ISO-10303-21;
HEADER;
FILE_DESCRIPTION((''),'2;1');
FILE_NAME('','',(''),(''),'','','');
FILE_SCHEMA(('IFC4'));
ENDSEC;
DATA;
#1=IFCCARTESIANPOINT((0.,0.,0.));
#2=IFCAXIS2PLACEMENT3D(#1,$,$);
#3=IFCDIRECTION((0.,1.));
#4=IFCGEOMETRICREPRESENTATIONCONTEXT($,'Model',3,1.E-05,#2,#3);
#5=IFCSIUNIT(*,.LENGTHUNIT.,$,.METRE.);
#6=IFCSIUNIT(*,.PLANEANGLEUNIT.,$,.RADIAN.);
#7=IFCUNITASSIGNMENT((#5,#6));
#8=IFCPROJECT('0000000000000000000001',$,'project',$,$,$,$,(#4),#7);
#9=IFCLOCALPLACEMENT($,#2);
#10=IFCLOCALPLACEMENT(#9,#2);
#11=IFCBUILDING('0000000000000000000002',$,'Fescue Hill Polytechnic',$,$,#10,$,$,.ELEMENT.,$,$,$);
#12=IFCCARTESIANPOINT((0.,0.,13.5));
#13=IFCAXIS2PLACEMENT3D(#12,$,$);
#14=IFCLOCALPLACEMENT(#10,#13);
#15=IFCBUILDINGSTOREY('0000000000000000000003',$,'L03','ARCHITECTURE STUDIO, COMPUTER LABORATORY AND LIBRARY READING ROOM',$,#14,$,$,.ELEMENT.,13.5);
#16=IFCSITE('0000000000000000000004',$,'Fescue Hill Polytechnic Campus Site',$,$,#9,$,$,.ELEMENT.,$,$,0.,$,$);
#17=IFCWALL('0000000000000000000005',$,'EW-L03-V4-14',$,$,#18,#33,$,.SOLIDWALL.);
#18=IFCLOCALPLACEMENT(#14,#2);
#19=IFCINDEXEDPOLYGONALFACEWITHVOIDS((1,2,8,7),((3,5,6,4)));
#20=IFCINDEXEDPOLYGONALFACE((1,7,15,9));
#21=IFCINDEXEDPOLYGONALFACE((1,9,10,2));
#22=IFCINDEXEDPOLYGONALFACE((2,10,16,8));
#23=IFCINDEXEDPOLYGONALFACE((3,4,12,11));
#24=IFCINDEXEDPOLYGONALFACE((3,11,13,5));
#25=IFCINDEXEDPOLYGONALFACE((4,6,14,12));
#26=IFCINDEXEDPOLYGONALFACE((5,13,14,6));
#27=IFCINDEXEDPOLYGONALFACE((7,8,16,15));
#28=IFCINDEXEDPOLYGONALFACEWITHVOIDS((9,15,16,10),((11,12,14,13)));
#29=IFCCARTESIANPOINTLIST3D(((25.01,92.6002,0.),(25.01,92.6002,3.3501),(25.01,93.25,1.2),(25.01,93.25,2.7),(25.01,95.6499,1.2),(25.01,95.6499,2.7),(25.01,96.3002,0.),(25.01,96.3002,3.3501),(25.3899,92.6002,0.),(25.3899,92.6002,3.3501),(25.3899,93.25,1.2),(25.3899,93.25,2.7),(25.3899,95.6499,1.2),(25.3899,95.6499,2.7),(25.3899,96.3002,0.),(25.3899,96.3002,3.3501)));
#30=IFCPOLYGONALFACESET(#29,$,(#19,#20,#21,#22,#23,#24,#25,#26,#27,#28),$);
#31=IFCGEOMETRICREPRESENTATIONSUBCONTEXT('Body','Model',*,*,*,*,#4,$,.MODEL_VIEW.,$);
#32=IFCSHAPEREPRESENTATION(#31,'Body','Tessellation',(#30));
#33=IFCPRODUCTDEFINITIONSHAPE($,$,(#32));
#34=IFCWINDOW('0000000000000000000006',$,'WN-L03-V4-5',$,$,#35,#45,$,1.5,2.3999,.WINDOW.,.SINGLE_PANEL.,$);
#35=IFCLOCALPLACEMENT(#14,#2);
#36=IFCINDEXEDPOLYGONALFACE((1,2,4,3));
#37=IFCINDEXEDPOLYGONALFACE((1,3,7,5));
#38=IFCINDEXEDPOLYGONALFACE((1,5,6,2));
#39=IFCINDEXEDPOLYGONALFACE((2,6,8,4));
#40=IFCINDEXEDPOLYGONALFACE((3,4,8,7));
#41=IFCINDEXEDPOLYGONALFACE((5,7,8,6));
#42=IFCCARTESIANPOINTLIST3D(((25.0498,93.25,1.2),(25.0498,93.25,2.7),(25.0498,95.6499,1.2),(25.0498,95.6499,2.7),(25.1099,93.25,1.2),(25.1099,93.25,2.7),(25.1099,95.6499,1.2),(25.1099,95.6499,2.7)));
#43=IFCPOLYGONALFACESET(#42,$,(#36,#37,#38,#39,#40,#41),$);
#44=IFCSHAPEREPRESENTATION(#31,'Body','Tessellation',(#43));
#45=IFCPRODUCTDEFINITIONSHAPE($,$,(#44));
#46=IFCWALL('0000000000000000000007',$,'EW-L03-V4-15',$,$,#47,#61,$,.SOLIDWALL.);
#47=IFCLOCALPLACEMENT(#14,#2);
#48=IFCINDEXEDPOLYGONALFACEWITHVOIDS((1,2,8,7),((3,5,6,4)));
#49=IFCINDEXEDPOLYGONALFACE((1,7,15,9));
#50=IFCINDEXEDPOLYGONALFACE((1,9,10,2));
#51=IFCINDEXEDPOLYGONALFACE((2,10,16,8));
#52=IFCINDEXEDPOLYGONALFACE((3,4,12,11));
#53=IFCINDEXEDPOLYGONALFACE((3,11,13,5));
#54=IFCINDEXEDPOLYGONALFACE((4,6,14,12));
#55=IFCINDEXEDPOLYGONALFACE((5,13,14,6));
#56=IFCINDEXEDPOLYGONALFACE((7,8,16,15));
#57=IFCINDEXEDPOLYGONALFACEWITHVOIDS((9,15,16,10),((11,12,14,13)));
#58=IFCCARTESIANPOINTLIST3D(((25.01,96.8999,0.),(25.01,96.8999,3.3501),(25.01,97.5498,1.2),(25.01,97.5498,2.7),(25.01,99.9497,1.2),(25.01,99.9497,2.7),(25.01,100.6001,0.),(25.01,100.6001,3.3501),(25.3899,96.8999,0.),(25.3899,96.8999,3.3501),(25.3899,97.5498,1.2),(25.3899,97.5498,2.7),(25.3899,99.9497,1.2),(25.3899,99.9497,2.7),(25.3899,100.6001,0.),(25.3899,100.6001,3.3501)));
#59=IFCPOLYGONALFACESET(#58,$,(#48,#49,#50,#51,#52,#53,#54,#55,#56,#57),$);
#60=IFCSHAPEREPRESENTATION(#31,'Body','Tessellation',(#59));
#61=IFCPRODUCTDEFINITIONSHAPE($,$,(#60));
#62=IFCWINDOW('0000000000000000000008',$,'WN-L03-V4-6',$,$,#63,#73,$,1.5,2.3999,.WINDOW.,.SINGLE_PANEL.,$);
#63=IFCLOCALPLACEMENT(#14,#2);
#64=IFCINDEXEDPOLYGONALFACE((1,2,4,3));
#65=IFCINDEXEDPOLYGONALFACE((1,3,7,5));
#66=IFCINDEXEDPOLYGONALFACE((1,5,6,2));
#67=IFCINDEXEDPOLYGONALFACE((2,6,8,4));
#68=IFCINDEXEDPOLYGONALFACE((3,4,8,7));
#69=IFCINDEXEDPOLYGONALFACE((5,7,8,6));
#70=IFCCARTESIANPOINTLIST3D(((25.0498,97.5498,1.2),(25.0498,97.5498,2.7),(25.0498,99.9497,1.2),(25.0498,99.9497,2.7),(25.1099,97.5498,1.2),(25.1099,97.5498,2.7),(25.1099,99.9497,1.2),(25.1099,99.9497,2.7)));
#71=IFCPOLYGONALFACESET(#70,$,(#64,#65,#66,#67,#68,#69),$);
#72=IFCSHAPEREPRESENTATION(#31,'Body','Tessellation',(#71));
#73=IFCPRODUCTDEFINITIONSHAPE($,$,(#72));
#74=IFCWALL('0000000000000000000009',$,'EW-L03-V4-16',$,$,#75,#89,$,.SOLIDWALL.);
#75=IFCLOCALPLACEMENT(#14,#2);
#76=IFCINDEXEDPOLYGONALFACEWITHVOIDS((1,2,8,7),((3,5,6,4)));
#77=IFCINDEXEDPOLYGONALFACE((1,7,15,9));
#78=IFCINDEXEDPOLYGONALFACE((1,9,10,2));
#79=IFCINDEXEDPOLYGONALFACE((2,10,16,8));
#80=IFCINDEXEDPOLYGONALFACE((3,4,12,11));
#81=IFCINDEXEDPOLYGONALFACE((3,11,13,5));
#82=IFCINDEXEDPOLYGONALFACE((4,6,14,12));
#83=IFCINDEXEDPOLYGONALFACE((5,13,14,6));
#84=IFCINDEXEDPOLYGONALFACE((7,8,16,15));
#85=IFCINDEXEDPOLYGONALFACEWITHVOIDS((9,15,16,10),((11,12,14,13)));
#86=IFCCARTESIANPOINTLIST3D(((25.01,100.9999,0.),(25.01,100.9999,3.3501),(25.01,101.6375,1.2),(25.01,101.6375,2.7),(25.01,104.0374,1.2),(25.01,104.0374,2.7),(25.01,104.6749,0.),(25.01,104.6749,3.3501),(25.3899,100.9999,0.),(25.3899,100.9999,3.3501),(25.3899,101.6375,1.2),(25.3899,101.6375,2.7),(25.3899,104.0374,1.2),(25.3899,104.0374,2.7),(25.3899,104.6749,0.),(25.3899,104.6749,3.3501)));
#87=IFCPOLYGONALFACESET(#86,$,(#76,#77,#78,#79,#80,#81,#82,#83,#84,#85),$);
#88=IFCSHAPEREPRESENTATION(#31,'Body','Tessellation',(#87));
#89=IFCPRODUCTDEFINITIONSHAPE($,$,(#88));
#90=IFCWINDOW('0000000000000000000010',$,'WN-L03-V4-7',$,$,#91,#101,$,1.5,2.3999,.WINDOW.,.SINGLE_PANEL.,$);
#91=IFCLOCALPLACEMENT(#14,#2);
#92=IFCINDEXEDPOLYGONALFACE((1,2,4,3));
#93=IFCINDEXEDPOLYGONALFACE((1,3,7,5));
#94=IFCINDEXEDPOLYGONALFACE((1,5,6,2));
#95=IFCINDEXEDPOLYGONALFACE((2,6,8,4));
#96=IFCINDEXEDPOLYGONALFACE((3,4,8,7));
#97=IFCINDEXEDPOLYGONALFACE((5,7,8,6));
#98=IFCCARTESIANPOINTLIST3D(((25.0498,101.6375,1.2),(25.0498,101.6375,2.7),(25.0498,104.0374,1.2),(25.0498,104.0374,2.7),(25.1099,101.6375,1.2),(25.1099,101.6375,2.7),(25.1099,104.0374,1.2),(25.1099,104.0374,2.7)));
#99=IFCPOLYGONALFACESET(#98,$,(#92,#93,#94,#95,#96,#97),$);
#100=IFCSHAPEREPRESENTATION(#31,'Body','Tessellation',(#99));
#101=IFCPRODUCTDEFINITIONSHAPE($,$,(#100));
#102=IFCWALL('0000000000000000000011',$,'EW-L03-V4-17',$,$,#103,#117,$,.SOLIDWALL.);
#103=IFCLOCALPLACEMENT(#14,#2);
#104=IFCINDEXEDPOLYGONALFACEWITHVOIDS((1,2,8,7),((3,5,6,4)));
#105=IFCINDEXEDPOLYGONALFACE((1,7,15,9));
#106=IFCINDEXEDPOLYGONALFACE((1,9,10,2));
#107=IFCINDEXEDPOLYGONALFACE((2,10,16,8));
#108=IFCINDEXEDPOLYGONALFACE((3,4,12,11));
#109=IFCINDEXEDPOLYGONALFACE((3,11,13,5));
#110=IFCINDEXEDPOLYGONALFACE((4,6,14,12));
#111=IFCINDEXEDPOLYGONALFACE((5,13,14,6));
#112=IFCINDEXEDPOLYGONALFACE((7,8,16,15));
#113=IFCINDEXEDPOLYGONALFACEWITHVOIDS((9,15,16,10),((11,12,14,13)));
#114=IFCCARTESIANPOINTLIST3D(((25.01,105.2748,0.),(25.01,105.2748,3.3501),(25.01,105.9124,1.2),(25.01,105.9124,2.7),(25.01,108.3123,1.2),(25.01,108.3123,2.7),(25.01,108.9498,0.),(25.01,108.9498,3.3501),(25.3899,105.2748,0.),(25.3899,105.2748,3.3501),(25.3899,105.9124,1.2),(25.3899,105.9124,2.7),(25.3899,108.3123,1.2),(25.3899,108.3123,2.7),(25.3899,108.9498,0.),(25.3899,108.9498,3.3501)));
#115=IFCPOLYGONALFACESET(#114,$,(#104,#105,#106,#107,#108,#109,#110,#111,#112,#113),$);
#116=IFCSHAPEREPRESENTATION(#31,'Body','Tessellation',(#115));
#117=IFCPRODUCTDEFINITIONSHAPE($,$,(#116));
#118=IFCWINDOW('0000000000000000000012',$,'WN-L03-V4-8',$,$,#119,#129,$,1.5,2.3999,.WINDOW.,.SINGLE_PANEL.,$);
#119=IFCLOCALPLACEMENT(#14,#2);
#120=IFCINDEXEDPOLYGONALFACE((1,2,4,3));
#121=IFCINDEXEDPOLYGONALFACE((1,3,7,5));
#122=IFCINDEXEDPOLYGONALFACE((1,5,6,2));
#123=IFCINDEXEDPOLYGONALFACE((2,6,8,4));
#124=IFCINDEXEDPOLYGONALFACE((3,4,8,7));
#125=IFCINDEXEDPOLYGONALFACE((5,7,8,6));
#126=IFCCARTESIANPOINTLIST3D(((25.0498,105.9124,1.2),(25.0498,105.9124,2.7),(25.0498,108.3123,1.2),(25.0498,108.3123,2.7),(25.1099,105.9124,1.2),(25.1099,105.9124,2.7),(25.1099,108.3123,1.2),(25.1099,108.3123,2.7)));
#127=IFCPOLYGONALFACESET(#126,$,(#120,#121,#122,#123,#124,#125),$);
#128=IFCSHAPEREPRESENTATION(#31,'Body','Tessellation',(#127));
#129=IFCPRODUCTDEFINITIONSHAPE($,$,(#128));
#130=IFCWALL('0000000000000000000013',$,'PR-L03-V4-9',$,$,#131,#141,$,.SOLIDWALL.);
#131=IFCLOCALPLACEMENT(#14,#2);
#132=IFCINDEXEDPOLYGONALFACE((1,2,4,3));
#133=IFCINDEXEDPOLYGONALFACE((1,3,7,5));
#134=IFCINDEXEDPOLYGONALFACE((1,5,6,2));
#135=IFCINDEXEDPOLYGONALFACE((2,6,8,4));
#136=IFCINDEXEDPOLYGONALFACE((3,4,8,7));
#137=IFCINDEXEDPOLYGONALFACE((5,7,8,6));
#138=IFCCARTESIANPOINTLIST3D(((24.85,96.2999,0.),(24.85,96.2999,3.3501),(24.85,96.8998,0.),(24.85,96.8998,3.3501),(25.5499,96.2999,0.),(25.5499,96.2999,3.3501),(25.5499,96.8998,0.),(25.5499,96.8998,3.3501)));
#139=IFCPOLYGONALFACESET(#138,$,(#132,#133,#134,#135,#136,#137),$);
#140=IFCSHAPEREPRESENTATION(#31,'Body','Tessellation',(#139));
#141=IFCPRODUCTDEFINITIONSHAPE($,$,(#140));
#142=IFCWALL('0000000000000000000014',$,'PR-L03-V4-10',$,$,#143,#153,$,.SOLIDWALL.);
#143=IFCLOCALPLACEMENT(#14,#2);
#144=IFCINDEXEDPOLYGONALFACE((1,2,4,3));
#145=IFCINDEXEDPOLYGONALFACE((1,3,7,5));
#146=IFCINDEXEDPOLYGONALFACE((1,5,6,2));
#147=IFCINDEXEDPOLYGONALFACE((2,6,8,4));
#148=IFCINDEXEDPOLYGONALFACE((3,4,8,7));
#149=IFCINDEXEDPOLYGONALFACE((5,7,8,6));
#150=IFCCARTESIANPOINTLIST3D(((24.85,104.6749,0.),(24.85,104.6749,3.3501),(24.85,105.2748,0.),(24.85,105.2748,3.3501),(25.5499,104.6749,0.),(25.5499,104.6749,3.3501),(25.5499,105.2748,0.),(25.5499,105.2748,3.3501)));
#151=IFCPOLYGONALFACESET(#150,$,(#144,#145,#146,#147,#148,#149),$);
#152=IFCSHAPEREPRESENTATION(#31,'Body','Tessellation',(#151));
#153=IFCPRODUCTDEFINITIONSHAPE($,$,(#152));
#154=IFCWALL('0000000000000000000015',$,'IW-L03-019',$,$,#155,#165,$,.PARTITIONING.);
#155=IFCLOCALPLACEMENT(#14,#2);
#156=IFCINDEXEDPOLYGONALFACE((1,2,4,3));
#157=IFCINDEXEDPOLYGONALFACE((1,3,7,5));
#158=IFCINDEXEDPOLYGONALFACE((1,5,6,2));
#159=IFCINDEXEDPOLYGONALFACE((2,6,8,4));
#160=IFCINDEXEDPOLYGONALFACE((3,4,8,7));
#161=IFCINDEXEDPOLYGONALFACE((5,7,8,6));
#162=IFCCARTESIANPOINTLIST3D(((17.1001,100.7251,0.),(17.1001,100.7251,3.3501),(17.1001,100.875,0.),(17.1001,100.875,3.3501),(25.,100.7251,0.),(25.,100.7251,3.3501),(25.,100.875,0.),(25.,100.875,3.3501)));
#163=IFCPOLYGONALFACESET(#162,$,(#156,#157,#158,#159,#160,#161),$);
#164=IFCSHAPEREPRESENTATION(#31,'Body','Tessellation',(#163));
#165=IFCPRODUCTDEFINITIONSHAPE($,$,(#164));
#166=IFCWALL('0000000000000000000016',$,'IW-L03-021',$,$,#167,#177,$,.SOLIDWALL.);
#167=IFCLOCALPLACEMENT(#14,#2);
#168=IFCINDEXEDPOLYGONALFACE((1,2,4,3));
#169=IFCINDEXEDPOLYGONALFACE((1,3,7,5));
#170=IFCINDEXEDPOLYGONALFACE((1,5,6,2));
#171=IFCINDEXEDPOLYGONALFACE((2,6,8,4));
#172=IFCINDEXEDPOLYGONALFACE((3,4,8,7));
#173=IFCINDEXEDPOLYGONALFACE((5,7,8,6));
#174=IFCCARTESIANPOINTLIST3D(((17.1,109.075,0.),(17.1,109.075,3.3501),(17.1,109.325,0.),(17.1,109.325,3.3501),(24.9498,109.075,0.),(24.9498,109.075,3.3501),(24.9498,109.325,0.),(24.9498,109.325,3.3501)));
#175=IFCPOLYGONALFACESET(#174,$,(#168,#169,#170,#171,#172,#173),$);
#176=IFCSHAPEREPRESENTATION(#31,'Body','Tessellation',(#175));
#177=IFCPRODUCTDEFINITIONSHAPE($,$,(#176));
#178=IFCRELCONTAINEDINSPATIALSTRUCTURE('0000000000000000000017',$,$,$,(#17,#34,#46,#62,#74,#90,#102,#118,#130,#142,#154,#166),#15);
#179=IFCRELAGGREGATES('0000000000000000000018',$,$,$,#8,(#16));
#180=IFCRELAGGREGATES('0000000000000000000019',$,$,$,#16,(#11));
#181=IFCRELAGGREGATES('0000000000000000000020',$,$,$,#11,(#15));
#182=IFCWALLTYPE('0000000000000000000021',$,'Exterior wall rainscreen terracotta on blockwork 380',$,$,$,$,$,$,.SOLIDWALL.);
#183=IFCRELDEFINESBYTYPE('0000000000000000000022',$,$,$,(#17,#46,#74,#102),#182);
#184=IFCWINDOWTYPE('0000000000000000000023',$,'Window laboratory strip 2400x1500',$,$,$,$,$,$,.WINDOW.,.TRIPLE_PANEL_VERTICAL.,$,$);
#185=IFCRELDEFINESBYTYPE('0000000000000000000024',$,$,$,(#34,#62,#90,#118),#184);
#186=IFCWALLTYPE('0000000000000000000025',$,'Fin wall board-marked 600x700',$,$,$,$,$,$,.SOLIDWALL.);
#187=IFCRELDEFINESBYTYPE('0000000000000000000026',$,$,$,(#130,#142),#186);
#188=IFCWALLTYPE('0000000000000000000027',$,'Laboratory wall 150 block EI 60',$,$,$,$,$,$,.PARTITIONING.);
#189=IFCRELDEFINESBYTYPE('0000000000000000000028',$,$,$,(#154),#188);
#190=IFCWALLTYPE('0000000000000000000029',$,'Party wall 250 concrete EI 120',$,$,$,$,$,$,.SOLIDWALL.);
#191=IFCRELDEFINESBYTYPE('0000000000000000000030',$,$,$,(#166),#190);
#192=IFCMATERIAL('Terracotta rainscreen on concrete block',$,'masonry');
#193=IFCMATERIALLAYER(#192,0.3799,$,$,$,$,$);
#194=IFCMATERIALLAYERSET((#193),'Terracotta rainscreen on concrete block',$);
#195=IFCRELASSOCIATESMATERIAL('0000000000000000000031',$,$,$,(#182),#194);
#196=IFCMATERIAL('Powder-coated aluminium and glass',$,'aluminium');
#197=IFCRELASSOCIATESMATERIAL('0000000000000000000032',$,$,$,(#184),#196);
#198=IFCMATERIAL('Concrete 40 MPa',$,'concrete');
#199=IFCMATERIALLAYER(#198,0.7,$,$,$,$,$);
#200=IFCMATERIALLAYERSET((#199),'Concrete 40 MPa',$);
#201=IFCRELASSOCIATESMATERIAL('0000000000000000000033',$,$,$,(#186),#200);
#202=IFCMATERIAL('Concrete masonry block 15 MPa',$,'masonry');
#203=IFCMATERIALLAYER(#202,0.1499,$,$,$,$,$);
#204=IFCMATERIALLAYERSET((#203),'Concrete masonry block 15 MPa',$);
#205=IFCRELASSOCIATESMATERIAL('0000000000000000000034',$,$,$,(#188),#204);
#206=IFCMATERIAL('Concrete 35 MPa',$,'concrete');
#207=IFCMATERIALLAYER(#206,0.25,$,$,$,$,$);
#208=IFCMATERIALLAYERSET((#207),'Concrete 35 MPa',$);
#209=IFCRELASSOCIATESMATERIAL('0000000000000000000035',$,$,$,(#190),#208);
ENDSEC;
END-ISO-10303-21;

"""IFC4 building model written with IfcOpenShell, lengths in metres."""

from ifc_helpers import new_model, si_unit, direction, frame, frame_2d, origin, place, context, subcontext, project, spatial, rectangle, extrude, material, layer, layer_set, type_object, element, fill, save


model = new_model("IFC4")

# Units and contexts
model_context = context("Model", 3, precision=1e-05, world=origin(), true_north=direction((0.0, 1.0)))
body_context = subcontext(model_context, "Body", "Model", "MODEL_VIEW")
ifc_project = project(units=[si_unit("LENGTHUNIT", "METRE"), si_unit("PLANEANGLEUNIT", "RADIAN")], contexts=[model_context])

# Site, building, storey
site_placement = place(None, origin())
site = spatial("IfcSite", under=ifc_project, at=site_placement, Name="Fescue Hill Polytechnic Campus Site", CompositionType="ELEMENT", RefElevation=0.0)
building_placement = place(site_placement, origin())
building = spatial("IfcBuilding", under=site, at=building_placement, Name="Fescue Hill Polytechnic", CompositionType="ELEMENT")
storey_placement = place(building_placement, frame((0.0, 0.0, 13.5)))
storey = spatial("IfcBuildingStorey", under=building, at=storey_placement, Name="L03", Description="ARCHITECTURE STUDIO, COMPUTER LABORATORY AND LIBRARY READING ROOM", CompositionType="ELEMENT", Elevation=13.5)

# Shared definitions
ifc_material_1 = material(Name="Concrete 40 MPa", Category="concrete")

# Shared definitions
ifc_material_2 = material(Name="Concrete 35 MPa", Category="concrete")

# Shared definitions
ifc_material_3 = material(Name="Powder-coated aluminium and glass", Category="aluminium")

# Walls, openings, windows
ifc_material_4 = material(Name="Terracotta rainscreen on concrete block", Category="masonry")
ifc_layer_1 = layer(ifc_material_4, 0.3799)
ifc_layer_set_1 = layer_set([ifc_layer_1], Name="Terracotta rainscreen on concrete block")
wall_type_1 = type_object("IfcWallType", Name="Exterior wall rainscreen terracotta on blockwork 380", PredefinedType="SOLIDWALL", material=ifc_layer_set_1)
wall_1_placement = place(storey_placement, frame((25.2, 92.6001, 0.0), z_axis=(0.0, 0.0, 1.0), x_axis=(0.0, 1.0, 0.0)))
wall_1 = element("IfcWall", 1, at=wall_1_placement, inside=storey, type_object=wall_type_1, Name="EW-L03-V4-14", PredefinedType="SOLIDWALL", context=body_context, shape_type="SweptSolid", body=[
    extrude(rectangle(XDim=3.7, YDim=0.3799, at=frame_2d((1.8501, 0.0))), origin(), (0.0, 0.0, 1.0), 3.3501),
])
opening_1_placement = place(wall_1_placement, frame((0.6499, 0.0, 1.2)))
opening_1 = element("IfcOpeningElement", 2, at=opening_1_placement, cuts=wall_1, PredefinedType="OPENING", context=body_context, shape_type="SweptSolid", body=[
    extrude(rectangle(XDim=2.3999, YDim=1.5, at=frame_2d((1.2, 0.75))), frame((0.0, 0.2, 0.0), z_axis=(0.0, -1.0, 0.0), x_axis=(1.0, 0.0, 0.0)), (0.0, 0.0, 1.0), 0.3999),
])
window_type_1 = type_object("IfcWindowType", Name="Window laboratory strip 2400x1500", PartitioningType="TRIPLE_PANEL_VERTICAL", PredefinedType="WINDOW", material=ifc_material_3)
window_1_placement = place(opening_1_placement, origin())
window_1 = element("IfcWindow", 3, at=window_1_placement, inside=storey, type_object=window_type_1, Name="WN-L03-V4-5", OverallHeight=1.5, OverallWidth=2.3999, PartitioningType="SINGLE_PANEL", PredefinedType="WINDOW", context=body_context, shape_type="SweptSolid", body=[
    extrude(rectangle(XDim=2.3999, YDim=1.5, at=frame_2d((1.2, 0.75))), frame((0.0, 0.1501, 0.0), z_axis=(0.0, -1.0, 0.0), x_axis=(1.0, 0.0, 0.0)), (0.0, 0.0, 1.0), 0.0601),
])
fill(opening_1, window_1)
wall_2_placement = place(storey_placement, frame((25.2, 96.8999, 0.0), z_axis=(0.0, 0.0, 1.0), x_axis=(0.0, 1.0, 0.0)))
wall_2 = element("IfcWall", 4, at=wall_2_placement, inside=storey, type_object=wall_type_1, Name="EW-L03-V4-15", PredefinedType="SOLIDWALL", context=body_context, shape_type="SweptSolid", body=[
    extrude(rectangle(XDim=3.7002, YDim=0.3799, at=frame_2d((1.8501, 0.0))), origin(), (0.0, 0.0, 1.0), 3.3501),
])
opening_2_placement = place(wall_2_placement, frame((0.6499, 0.0, 1.2)))
opening_2 = element("IfcOpeningElement", 5, at=opening_2_placement, cuts=wall_2, PredefinedType="OPENING", context=body_context, shape_type="SweptSolid", body=[
    extrude(rectangle(XDim=2.3999, YDim=1.5, at=frame_2d((1.2, 0.75))), frame((0.0, 0.2, 0.0), z_axis=(0.0, -1.0, 0.0), x_axis=(1.0, 0.0, 0.0)), (0.0, 0.0, 1.0), 0.3999),
])
window_2_placement = place(opening_2_placement, origin())
window_2 = element("IfcWindow", 6, at=window_2_placement, inside=storey, type_object=window_type_1, Name="WN-L03-V4-6", OverallHeight=1.5, OverallWidth=2.3999, PartitioningType="SINGLE_PANEL", PredefinedType="WINDOW", context=body_context, shape_type="SweptSolid", body=[
    extrude(rectangle(XDim=2.3999, YDim=1.5, at=frame_2d((1.2, 0.75))), frame((0.0, 0.1501, 0.0), z_axis=(0.0, -1.0, 0.0), x_axis=(1.0, 0.0, 0.0)), (0.0, 0.0, 1.0), 0.0601),
])
fill(opening_2, window_2)
wall_3_placement = place(storey_placement, frame((25.2, 101.0, 0.0), z_axis=(0.0, 0.0, 1.0), x_axis=(0.0, 1.0, 0.0)))
wall_3 = element("IfcWall", 7, at=wall_3_placement, inside=storey, type_object=wall_type_1, Name="EW-L03-V4-16", PredefinedType="SOLIDWALL", context=body_context, shape_type="SweptSolid", body=[
    extrude(rectangle(XDim=3.675, YDim=0.3799, at=frame_2d((1.8374, 0.0))), origin(), (0.0, 0.0, 1.0), 3.3501),
])
opening_3_placement = place(wall_3_placement, frame((0.6375, 0.0, 1.2)))
opening_3 = element("IfcOpeningElement", 8, at=opening_3_placement, cuts=wall_3, PredefinedType="OPENING", context=body_context, shape_type="SweptSolid", body=[
    extrude(rectangle(XDim=2.3999, YDim=1.5, at=frame_2d((1.2, 0.75))), frame((0.0, 0.2, 0.0), z_axis=(0.0, -1.0, 0.0), x_axis=(1.0, 0.0, 0.0)), (0.0, 0.0, 1.0), 0.3999),
])
window_3_placement = place(opening_3_placement, origin())
window_3 = element("IfcWindow", 9, at=window_3_placement, inside=storey, type_object=window_type_1, Name="WN-L03-V4-7", OverallHeight=1.5, OverallWidth=2.3999, PartitioningType="SINGLE_PANEL", PredefinedType="WINDOW", context=body_context, shape_type="SweptSolid", body=[
    extrude(rectangle(XDim=2.3999, YDim=1.5, at=frame_2d((1.2, 0.75))), frame((0.0, 0.1501, 0.0), z_axis=(0.0, -1.0, 0.0), x_axis=(1.0, 0.0, 0.0)), (0.0, 0.0, 1.0), 0.0601),
])
fill(opening_3, window_3)
wall_4_placement = place(storey_placement, frame((25.2, 105.2749, 0.0), z_axis=(0.0, 0.0, 1.0), x_axis=(0.0, 1.0, 0.0)))
wall_4 = element("IfcWall", 10, at=wall_4_placement, inside=storey, type_object=wall_type_1, Name="EW-L03-V4-17", PredefinedType="SOLIDWALL", context=body_context, shape_type="SweptSolid", body=[
    extrude(rectangle(XDim=3.675, YDim=0.3799, at=frame_2d((1.8374, 0.0))), origin(), (0.0, 0.0, 1.0), 3.3501),
])
opening_4_placement = place(wall_4_placement, frame((0.6375, 0.0, 1.2)))
opening_4 = element("IfcOpeningElement", 11, at=opening_4_placement, cuts=wall_4, PredefinedType="OPENING", context=body_context, shape_type="SweptSolid", body=[
    extrude(rectangle(XDim=2.3999, YDim=1.5, at=frame_2d((1.2, 0.75))), frame((0.0, 0.2, 0.0), z_axis=(0.0, -1.0, 0.0), x_axis=(1.0, 0.0, 0.0)), (0.0, 0.0, 1.0), 0.3999),
])
window_4_placement = place(opening_4_placement, origin())
window_4 = element("IfcWindow", 12, at=window_4_placement, inside=storey, type_object=window_type_1, Name="WN-L03-V4-8", OverallHeight=1.5, OverallWidth=2.3999, PartitioningType="SINGLE_PANEL", PredefinedType="WINDOW", context=body_context, shape_type="SweptSolid", body=[
    extrude(rectangle(XDim=2.3999, YDim=1.5, at=frame_2d((1.2, 0.75))), frame((0.0, 0.1501, 0.0), z_axis=(0.0, -1.0, 0.0), x_axis=(1.0, 0.0, 0.0)), (0.0, 0.0, 1.0), 0.0601),
])
fill(opening_4, window_4)

# Walls
ifc_layer_2 = layer(ifc_material_1, 0.7)
ifc_layer_set_2 = layer_set([ifc_layer_2], Name="Concrete 40 MPa")
wall_type_2 = type_object("IfcWallType", Name="Fin wall board-marked 600x700", PredefinedType="SOLIDWALL", material=ifc_layer_set_2)
for number, where, z_axis, x_axis, name in (
    (13, (25.2, 96.3, 0.0), (0.0, 0.0, 1.0), (0.0, 1.0, 0.0), "PR-L03-V4-9"),
    (14, (25.2, 104.675, 0.0), (0.0, 0.0, 1.0), (0.0, 1.0, 0.0), "PR-L03-V4-10"),
):
    element("IfcWall", number, at=place(storey_placement, frame(where, z_axis=z_axis, x_axis=x_axis)), inside=storey, type_object=wall_type_2, Name=name, PredefinedType="SOLIDWALL", context=body_context, shape_type="SweptSolid", body=[
        extrude(rectangle(XDim=0.5999, YDim=0.7, at=frame_2d((0.2998, 0.0))), origin(), (0.0, 0.0, 1.0), 3.3501),
    ])
ifc_material_5 = material(Name="Concrete masonry block 15 MPa", Category="masonry")
ifc_layer_3 = layer(ifc_material_5, 0.1499)
ifc_layer_set_3 = layer_set([ifc_layer_3], Name="Concrete masonry block 15 MPa")
wall_type_3 = type_object("IfcWallType", Name="Laboratory wall 150 block EI 60", PredefinedType="PARTITIONING", material=ifc_layer_set_3)
wall_5_placement = place(storey_placement, frame((17.1001, 100.8, 0.0), z_axis=(0.0, 0.0, 1.0), x_axis=(1.0, 0.0, 0.0)))
element("IfcWall", 15, at=wall_5_placement, inside=storey, type_object=wall_type_3, Name="IW-L03-019", PredefinedType="PARTITIONING", context=body_context, shape_type="SweptSolid", body=[
    extrude(rectangle(XDim=7.8999, YDim=0.1499, at=frame_2d((3.95, 0.0))), origin(), (0.0, 0.0, 1.0), 3.3501),
])
ifc_layer_4 = layer(ifc_material_2, 0.25)
ifc_layer_set_4 = layer_set([ifc_layer_4], Name="Concrete 35 MPa")
wall_type_4 = type_object("IfcWallType", Name="Party wall 250 concrete EI 120", PredefinedType="SOLIDWALL", material=ifc_layer_set_4)
wall_6_placement = place(storey_placement, frame((17.1001, 109.2, 0.0), z_axis=(0.0, 0.0, 1.0), x_axis=(1.0, 0.0, 0.0)))
element("IfcWall", 16, at=wall_6_placement, inside=storey, type_object=wall_type_4, Name="IW-L03-021", PredefinedType="SOLIDWALL", context=body_context, shape_type="SweptSolid", body=[
    extrude(rectangle(XDim=7.8499, YDim=0.25, at=frame_2d((3.9248, 0.0))), origin(), (0.0, 0.0, 1.0), 3.3501),
])

save(model, "model.ifc")
